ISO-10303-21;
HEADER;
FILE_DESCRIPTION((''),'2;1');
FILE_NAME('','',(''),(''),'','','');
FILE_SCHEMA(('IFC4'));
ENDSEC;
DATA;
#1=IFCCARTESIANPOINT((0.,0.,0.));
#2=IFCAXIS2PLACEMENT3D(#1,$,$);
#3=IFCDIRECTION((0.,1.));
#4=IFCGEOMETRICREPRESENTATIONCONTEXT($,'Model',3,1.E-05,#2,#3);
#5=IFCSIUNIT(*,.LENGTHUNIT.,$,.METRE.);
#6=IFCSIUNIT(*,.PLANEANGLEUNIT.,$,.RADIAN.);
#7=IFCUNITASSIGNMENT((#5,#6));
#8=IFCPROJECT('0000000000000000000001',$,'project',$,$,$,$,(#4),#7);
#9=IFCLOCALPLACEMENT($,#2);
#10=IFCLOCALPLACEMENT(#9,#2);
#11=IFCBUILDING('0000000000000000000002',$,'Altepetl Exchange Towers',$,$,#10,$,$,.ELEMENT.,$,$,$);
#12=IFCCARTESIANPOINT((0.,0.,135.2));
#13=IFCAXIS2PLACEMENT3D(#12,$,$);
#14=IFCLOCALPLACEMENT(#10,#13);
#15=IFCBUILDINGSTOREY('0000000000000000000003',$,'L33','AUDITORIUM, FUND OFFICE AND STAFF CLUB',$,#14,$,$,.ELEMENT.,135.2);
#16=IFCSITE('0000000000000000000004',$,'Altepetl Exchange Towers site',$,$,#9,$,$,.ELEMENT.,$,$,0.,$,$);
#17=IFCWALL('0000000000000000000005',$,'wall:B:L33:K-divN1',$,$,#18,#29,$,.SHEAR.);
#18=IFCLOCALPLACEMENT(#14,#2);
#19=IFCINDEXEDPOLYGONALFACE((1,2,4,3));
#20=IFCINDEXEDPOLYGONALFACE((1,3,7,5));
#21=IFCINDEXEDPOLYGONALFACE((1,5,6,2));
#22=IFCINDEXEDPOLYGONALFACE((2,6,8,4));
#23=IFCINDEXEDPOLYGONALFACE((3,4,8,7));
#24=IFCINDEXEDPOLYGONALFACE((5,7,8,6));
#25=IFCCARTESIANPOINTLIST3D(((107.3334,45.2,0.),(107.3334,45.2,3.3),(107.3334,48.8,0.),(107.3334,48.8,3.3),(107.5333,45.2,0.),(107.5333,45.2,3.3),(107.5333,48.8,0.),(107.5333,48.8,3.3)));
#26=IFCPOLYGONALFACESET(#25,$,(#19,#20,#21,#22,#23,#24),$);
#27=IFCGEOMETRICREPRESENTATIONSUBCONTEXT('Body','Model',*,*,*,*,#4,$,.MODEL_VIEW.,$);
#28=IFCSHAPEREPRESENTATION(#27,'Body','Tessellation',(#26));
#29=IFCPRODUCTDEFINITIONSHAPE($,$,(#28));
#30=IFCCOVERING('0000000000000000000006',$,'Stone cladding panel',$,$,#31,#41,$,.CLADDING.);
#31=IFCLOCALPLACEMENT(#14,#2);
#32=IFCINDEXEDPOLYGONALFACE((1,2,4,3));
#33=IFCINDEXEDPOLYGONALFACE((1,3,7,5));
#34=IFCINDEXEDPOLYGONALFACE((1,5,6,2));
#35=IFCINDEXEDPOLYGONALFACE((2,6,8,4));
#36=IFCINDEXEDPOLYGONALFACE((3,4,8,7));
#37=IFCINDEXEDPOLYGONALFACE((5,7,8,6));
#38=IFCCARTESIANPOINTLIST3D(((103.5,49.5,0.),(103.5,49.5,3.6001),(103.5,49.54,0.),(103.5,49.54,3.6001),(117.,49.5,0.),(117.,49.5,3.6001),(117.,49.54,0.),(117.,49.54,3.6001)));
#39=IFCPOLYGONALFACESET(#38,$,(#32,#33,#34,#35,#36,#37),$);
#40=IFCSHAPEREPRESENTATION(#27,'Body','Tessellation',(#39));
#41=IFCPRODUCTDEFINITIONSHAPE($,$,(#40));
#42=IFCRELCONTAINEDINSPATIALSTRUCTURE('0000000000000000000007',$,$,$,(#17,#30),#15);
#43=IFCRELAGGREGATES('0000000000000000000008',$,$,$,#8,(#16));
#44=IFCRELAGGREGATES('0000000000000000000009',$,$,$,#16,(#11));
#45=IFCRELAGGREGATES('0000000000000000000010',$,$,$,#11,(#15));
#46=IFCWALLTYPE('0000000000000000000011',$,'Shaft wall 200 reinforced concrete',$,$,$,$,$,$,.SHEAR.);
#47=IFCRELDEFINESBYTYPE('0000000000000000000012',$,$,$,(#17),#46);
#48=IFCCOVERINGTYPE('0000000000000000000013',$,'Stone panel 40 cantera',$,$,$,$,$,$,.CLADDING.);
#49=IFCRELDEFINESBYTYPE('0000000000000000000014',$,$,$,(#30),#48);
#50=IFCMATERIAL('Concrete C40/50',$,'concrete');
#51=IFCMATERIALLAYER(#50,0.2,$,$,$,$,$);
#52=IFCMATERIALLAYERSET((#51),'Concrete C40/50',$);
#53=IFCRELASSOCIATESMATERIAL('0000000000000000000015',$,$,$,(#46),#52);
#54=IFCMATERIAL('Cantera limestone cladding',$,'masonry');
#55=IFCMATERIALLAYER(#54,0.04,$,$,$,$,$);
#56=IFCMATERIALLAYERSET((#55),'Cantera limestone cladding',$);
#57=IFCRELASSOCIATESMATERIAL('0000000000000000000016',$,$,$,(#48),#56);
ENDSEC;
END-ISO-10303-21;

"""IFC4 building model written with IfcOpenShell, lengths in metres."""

from ifc_helpers import new_model, si_unit, direction, frame, frame_2d, origin, origin_2d, place, context, subcontext, project, spatial, rectangle, extrude, material, layer, layer_set, type_object, element, save


model = new_model("IFC4")

# Units and contexts
model_context = context("Model", 3, precision=1e-05, world=origin(), true_north=direction((0.0, 1.0)))
body_context = subcontext(model_context, "Body", "Model", "MODEL_VIEW")
ifc_project = project(units=[si_unit("LENGTHUNIT", "METRE"), si_unit("PLANEANGLEUNIT", "RADIAN")], contexts=[model_context])

# Site, building, storey
site_placement = place(None, origin())
site = spatial("IfcSite", under=ifc_project, at=site_placement, Name="Altepetl Exchange Towers site", CompositionType="ELEMENT", RefElevation=0.0)
building_placement = place(site_placement, origin())
building = spatial("IfcBuilding", under=site, at=building_placement, Name="Altepetl Exchange Towers", CompositionType="ELEMENT")
storey_placement = place(building_placement, frame((0.0, 0.0, 135.2)))
storey = spatial("IfcBuildingStorey", under=building, at=storey_placement, Name="L33", Description="AUDITORIUM, FUND OFFICE AND STAFF CLUB", CompositionType="ELEMENT", Elevation=135.2)

# Wall
ifc_material_1 = material(Name="Concrete C40/50", Category="concrete")
ifc_layer_1 = layer(ifc_material_1, 0.2)
ifc_layer_set_1 = layer_set([ifc_layer_1], Name="Concrete C40/50")
wall_type_1 = type_object("IfcWallType", Name="Shaft wall 200 reinforced concrete", PredefinedType="SHEAR", material=ifc_layer_set_1)
wall_1_placement = place(storey_placement, frame((107.4333, 48.8, 0.0), z_axis=(0.0, 0.0, 1.0), x_axis=(0.0, -1.0, 0.0)))
element("IfcWall", 1, at=wall_1_placement, inside=storey, type_object=wall_type_1, Name="wall:B:L33:K-divN1", PredefinedType="SHEAR", context=body_context, shape_type="SweptSolid", body=[
    extrude(rectangle(XDim=3.6001, YDim=0.2, at=frame_2d((1.8, 0.0))), origin(), (0.0, 0.0, 1.0), 3.3),
])

# Covering
ifc_material_2 = material(Name="Cantera limestone cladding", Category="masonry")
ifc_layer_2 = layer(ifc_material_2, 0.04)
ifc_layer_set_2 = layer_set([ifc_layer_2], Name="Cantera limestone cladding")
covering_type = type_object("IfcCoveringType", Name="Stone panel 40 cantera", PredefinedType="CLADDING", material=ifc_layer_set_2)
covering_placement = place(storey_placement, frame((110.25, 49.52, 0.0), z_axis=(0.0, 0.0, 1.0), x_axis=(-1.0, 0.0, 0.0)))
element("IfcCovering", 2, at=covering_placement, inside=storey, type_object=covering_type, Name="Stone cladding panel", PredefinedType="CLADDING", context=body_context, shape_type="SweptSolid", body=[
    extrude(rectangle(XDim=13.5, YDim=0.04, at=origin_2d()), origin(), (0.0, 0.0, 1.0), 3.6001),
])

save(model, "model.ifc")
